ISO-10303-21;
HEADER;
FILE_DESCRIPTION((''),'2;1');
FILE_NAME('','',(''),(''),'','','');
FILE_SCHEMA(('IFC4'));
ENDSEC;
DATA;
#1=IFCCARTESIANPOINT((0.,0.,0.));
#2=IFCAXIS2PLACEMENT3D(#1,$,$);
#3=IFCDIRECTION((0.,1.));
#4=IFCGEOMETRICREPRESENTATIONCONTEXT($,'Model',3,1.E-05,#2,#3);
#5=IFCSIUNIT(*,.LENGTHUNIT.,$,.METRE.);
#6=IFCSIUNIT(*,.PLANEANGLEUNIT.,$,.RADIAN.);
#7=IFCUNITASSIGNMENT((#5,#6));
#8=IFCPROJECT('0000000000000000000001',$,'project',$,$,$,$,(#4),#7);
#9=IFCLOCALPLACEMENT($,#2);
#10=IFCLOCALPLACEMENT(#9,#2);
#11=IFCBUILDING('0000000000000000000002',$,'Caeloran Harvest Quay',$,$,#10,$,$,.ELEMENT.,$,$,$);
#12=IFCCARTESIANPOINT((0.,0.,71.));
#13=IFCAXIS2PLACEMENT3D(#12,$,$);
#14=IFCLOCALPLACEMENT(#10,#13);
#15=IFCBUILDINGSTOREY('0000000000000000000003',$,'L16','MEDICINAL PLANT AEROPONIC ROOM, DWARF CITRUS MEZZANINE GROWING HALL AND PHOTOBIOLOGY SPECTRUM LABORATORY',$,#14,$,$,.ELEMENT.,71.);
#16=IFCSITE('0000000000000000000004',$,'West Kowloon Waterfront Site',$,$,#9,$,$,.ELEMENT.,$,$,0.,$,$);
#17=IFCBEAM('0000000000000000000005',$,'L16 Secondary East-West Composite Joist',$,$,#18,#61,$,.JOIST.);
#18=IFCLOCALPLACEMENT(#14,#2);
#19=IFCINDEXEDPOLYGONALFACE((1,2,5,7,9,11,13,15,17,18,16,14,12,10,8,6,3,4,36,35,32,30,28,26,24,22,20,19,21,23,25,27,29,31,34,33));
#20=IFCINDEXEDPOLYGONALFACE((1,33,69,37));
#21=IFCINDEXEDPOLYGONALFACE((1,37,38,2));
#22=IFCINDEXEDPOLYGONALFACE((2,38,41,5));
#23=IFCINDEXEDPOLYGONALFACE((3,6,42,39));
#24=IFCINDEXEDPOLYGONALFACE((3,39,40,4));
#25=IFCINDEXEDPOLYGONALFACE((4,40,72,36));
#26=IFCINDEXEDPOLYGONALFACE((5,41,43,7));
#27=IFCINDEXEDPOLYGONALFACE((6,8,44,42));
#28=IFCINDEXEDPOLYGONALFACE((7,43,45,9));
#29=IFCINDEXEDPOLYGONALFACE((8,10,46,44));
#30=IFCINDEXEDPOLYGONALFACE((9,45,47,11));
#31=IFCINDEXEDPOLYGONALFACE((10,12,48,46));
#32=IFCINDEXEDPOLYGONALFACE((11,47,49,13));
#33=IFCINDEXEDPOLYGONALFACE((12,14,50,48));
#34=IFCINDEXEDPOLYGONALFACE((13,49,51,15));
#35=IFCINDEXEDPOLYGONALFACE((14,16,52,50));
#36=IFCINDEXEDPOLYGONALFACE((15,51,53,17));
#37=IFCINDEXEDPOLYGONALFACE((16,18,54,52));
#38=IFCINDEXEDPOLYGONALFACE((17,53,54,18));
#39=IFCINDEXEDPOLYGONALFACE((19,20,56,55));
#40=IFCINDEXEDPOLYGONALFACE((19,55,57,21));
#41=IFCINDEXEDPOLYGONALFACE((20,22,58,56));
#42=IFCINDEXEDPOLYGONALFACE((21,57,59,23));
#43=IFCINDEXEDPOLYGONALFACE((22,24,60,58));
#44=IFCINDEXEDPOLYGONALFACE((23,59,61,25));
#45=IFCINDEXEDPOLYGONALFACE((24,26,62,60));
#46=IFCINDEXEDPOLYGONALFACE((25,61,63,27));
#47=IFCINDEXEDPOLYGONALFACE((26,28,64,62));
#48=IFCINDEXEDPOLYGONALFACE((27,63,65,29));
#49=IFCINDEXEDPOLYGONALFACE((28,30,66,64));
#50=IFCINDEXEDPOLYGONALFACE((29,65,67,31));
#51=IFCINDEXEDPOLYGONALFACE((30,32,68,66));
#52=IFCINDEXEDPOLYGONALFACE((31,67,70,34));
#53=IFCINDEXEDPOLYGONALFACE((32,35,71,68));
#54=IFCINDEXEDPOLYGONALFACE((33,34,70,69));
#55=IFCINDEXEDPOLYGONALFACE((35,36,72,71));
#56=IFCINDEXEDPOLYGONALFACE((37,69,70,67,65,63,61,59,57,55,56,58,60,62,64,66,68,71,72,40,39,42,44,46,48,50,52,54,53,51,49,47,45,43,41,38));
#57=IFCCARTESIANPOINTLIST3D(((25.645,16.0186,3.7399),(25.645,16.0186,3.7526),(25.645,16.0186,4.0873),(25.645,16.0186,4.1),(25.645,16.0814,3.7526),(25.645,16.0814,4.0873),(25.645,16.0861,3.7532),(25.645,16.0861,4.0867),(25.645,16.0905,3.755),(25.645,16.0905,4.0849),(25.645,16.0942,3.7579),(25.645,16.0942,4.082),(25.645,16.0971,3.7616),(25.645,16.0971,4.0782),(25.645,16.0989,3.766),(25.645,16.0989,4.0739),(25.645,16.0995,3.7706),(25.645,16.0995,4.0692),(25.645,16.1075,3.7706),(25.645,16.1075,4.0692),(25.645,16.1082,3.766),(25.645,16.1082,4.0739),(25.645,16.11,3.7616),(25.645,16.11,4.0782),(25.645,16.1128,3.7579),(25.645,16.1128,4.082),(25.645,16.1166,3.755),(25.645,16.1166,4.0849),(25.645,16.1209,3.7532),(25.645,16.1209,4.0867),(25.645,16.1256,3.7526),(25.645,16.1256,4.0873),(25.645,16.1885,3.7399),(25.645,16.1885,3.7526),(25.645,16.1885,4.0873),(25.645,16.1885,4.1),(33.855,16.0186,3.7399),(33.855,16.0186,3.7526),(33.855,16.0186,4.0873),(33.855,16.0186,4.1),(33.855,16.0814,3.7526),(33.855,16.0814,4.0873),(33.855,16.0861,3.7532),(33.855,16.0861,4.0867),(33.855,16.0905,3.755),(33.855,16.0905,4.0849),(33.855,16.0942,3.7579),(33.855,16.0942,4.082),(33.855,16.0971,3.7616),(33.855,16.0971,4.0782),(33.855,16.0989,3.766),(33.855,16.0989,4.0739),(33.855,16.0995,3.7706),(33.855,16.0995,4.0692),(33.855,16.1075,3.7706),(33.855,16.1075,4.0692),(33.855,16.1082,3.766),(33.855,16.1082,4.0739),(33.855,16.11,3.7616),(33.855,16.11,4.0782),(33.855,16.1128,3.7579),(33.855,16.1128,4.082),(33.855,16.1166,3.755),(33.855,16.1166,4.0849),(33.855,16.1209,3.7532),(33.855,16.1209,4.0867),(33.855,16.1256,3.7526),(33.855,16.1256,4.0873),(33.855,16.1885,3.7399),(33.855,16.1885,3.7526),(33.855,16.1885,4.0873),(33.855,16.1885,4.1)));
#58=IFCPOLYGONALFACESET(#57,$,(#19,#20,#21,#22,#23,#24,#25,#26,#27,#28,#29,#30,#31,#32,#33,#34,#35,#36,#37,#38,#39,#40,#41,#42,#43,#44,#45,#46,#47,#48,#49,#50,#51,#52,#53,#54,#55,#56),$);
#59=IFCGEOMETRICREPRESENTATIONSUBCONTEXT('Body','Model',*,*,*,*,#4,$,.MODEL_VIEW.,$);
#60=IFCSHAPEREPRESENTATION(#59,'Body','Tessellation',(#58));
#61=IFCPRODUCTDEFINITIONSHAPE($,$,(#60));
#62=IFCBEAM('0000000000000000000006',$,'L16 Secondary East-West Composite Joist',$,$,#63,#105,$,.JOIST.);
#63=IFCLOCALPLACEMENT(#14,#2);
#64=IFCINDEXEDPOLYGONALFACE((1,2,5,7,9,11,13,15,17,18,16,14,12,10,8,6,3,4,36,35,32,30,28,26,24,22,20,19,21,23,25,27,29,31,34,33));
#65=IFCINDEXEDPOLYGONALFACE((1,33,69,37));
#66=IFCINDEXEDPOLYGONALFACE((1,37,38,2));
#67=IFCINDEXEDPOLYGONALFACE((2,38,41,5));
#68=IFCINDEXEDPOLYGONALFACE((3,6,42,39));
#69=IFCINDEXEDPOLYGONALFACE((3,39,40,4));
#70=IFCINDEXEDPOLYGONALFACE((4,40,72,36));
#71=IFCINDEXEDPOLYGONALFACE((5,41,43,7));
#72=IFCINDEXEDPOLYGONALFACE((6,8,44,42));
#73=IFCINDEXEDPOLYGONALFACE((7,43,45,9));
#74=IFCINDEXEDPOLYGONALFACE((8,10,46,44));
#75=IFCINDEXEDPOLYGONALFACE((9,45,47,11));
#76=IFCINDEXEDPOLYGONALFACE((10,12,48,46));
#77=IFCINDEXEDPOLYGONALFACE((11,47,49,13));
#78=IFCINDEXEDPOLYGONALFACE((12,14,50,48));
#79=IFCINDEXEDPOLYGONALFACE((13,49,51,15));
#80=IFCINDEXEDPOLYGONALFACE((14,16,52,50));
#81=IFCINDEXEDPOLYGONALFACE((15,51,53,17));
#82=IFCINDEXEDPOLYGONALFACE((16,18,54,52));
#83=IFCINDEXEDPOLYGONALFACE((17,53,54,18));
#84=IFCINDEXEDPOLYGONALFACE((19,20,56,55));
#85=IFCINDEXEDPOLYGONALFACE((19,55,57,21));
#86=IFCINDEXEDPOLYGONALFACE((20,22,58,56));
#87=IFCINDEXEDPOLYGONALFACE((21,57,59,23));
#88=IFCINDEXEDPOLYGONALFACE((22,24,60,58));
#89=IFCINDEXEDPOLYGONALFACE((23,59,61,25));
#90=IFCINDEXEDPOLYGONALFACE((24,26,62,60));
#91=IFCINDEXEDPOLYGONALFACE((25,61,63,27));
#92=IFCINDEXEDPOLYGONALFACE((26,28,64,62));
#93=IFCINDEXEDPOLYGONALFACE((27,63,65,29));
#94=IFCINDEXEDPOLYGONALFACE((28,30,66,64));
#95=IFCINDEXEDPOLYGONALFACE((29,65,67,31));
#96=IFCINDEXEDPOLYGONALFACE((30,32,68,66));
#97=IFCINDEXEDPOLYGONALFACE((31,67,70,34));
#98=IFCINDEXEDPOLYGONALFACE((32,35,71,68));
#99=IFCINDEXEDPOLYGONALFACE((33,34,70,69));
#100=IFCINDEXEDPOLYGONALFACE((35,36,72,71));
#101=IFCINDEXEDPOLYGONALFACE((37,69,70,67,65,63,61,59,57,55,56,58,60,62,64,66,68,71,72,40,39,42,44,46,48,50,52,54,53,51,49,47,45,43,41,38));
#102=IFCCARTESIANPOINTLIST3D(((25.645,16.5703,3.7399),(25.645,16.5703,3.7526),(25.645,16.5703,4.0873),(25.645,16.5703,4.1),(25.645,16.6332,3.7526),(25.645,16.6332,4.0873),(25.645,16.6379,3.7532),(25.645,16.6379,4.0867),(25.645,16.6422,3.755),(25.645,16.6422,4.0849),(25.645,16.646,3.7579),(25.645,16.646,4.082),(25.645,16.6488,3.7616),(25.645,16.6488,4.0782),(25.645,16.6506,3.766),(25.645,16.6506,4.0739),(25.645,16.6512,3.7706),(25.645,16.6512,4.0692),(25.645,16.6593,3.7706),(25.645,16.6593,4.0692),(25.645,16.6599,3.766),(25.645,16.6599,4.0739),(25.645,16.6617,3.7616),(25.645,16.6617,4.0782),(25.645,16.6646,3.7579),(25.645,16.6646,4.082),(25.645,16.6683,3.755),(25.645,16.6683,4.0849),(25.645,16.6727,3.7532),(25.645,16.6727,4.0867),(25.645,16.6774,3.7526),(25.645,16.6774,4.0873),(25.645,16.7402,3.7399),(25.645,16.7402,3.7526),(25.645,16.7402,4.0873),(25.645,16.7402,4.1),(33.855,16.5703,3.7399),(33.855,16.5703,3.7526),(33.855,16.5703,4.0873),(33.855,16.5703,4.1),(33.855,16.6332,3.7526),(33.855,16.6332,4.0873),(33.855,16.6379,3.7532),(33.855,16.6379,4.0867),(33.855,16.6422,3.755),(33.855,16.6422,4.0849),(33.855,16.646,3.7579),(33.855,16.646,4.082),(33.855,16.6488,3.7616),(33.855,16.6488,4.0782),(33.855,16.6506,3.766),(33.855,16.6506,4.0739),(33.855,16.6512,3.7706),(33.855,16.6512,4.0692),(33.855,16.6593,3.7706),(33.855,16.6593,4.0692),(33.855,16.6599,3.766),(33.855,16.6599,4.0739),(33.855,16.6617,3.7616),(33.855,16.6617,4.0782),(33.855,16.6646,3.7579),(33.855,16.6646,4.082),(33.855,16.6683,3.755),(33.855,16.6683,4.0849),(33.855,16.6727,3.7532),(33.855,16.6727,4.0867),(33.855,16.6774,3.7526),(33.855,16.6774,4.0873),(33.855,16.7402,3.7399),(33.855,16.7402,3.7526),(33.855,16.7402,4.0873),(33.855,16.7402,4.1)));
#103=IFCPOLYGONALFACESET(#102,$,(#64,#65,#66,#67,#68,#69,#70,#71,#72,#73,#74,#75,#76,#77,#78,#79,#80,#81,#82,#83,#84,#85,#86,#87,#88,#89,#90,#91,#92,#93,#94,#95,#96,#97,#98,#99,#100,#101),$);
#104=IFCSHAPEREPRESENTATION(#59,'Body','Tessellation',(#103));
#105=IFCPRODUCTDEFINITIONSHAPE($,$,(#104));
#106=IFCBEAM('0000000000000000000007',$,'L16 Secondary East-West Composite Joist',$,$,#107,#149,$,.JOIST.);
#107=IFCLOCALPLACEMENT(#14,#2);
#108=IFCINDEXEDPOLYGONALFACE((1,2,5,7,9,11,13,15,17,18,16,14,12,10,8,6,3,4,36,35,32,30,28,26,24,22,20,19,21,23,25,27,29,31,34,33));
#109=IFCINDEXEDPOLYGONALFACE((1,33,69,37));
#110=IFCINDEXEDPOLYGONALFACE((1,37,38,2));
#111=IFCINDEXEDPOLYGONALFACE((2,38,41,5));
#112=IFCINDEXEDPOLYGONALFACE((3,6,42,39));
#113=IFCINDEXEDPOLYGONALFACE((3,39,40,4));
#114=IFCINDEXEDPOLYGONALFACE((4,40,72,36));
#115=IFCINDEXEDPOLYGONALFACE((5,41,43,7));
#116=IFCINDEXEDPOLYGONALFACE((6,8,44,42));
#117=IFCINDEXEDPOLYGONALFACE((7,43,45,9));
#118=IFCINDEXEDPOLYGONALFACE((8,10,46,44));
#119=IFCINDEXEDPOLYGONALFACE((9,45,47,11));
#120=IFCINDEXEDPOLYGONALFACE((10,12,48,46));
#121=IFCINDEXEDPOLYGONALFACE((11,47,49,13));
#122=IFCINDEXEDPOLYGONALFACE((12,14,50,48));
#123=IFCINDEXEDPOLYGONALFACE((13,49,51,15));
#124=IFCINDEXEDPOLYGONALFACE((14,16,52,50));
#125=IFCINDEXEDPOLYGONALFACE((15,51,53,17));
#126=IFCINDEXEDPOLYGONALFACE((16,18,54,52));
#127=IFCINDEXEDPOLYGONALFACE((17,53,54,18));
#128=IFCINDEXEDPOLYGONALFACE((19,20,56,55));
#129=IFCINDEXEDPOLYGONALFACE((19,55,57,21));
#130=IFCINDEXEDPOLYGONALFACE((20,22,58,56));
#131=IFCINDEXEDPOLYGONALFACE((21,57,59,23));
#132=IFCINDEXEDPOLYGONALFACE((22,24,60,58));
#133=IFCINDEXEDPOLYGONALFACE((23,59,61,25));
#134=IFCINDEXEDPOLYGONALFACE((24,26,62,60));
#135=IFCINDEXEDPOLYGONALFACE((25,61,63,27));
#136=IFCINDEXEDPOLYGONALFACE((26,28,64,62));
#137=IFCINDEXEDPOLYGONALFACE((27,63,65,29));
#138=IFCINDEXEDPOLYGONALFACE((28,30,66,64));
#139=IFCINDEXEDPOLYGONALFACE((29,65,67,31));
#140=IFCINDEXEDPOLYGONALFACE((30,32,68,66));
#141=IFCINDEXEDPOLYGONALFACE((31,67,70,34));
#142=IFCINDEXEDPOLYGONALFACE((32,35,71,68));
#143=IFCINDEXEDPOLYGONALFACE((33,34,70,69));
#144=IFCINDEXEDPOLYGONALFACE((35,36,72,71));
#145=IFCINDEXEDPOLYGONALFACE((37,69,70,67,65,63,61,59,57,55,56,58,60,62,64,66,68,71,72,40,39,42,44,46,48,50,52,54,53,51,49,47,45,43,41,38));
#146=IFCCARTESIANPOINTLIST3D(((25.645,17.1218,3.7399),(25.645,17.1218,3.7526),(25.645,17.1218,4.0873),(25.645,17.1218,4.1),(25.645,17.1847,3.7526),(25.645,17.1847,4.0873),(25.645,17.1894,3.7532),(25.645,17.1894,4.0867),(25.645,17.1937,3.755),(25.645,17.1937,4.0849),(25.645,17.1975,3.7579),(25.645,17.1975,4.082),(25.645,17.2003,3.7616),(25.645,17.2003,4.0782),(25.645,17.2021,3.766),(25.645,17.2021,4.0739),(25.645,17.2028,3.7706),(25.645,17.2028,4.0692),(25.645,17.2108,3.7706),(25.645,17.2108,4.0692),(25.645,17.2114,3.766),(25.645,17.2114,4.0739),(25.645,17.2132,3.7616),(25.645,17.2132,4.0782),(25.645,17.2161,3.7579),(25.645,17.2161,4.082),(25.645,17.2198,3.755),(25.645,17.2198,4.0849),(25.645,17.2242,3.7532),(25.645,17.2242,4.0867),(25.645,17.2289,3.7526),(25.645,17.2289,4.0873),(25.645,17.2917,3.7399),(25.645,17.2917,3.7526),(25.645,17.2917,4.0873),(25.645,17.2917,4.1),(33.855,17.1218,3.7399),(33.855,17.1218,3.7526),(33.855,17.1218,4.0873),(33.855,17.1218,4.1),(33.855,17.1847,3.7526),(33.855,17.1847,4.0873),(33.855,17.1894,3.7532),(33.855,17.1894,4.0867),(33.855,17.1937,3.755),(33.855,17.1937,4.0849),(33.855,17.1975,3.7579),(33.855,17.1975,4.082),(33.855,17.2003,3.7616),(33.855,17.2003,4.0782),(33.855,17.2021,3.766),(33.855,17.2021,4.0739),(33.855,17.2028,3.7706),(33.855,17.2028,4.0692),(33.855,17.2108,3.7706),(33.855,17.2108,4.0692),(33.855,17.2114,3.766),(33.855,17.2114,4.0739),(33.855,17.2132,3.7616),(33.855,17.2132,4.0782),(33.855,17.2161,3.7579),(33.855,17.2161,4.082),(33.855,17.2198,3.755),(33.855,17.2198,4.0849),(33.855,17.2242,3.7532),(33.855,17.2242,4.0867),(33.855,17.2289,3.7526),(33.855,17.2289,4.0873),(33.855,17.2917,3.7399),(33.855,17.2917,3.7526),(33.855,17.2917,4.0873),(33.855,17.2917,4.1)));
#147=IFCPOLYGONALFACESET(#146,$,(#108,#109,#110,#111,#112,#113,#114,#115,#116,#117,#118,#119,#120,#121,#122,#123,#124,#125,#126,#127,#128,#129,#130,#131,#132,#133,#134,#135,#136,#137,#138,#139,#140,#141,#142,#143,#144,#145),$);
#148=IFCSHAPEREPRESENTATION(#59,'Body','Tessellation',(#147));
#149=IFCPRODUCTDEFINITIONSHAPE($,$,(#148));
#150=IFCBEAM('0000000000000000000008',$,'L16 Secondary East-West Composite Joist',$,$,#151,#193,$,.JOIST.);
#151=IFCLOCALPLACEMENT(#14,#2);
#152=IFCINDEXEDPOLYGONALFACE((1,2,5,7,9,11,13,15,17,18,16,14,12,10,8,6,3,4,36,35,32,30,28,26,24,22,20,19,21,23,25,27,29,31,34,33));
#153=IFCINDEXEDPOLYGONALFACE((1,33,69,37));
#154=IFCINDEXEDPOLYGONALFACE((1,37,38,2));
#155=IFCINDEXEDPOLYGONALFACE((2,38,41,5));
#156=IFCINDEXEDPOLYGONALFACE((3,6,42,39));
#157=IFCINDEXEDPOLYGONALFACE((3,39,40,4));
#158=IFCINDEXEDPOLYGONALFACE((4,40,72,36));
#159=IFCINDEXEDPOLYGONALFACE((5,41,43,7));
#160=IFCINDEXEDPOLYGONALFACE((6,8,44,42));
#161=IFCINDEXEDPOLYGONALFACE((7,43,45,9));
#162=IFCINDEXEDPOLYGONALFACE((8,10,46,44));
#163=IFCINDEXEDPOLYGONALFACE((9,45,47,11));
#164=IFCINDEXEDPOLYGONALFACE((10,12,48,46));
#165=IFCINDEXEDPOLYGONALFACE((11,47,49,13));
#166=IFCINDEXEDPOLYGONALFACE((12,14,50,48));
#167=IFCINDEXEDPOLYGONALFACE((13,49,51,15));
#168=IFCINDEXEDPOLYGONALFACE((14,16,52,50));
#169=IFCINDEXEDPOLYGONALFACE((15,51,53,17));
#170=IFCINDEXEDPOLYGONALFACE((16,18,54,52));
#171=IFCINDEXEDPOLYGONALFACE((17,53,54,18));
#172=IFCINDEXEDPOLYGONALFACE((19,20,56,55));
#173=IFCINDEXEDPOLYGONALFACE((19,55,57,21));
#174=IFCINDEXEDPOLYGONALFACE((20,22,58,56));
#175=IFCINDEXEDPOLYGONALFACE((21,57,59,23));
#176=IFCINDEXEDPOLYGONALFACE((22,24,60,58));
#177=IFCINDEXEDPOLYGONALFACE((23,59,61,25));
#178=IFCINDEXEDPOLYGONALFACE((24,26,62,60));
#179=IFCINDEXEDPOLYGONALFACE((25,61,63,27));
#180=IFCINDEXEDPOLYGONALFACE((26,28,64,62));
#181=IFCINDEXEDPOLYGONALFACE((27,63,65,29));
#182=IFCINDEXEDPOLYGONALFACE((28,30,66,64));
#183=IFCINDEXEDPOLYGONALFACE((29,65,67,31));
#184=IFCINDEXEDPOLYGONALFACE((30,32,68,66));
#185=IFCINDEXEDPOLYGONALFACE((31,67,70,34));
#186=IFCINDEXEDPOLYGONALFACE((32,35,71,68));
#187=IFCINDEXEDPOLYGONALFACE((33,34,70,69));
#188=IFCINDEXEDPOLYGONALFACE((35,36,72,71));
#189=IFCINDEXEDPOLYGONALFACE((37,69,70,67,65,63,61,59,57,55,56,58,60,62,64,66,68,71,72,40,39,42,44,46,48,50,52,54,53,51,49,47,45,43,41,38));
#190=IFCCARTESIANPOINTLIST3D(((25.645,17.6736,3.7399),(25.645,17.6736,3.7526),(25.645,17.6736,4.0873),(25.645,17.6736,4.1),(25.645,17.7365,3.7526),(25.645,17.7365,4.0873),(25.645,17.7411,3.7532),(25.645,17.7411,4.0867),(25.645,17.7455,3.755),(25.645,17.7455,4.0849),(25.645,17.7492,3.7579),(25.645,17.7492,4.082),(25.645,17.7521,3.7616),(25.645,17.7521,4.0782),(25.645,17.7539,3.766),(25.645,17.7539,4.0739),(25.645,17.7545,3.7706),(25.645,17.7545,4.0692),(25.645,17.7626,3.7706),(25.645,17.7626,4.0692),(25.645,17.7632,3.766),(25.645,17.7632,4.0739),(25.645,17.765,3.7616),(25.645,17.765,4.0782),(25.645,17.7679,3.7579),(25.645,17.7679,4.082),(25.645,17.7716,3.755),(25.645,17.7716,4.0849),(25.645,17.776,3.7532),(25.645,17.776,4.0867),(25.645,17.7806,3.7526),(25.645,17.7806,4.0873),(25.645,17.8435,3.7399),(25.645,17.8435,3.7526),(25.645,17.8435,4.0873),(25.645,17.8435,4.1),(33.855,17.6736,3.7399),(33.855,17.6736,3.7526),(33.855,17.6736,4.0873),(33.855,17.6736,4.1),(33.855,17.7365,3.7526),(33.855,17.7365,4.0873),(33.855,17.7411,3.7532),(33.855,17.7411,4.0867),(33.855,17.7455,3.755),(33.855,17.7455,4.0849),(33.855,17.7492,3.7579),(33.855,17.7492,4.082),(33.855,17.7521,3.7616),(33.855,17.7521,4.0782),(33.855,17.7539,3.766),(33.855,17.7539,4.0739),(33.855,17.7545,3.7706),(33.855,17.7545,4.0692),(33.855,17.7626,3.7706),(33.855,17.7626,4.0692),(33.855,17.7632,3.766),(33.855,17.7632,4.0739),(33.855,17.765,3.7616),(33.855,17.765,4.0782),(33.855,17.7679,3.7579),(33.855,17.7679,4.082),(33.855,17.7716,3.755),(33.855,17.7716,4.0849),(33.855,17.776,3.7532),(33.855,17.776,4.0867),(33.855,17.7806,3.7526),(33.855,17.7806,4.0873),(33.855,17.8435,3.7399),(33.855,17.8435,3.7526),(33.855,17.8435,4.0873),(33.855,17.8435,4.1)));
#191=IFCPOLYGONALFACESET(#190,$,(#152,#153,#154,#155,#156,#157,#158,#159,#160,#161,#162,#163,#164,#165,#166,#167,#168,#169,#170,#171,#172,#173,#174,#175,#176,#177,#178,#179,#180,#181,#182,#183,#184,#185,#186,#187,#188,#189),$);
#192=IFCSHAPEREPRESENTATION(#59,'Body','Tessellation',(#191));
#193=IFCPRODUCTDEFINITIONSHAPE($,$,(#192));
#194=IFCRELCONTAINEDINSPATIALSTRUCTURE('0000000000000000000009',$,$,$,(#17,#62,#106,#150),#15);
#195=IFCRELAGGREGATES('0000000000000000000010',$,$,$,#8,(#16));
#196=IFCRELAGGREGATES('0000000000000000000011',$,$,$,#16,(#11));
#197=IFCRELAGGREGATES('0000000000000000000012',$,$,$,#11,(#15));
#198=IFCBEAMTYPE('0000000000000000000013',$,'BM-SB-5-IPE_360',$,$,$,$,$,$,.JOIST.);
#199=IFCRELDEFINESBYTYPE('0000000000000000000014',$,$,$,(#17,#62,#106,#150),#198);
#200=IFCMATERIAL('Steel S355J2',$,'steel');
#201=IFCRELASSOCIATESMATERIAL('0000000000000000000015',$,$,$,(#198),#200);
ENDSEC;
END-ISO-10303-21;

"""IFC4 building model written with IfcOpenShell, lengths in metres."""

from ifc_helpers import new_model, si_unit, direction, frame, origin, origin_2d, place, context, subcontext, project, spatial, i_section, extrude, material, material_profile, profile_set, type_object, element, save


model = new_model("IFC4")

# Units and contexts
model_context = context("Model", 3, precision=1e-05, world=origin(), true_north=direction((0.0, 1.0)))
body_context = subcontext(model_context, "Body", "Model", "MODEL_VIEW")
ifc_project = project(units=[si_unit("LENGTHUNIT", "METRE"), si_unit("PLANEANGLEUNIT", "RADIAN")], contexts=[model_context])

# Site, building, storey
site_placement = place(None, origin())
site = spatial("IfcSite", under=ifc_project, at=site_placement, Name="West Kowloon Waterfront Site", CompositionType="ELEMENT", RefElevation=0.0)
building_placement = place(site_placement, origin())
building = spatial("IfcBuilding", under=site, at=building_placement, Name="Caeloran Harvest Quay", CompositionType="ELEMENT")
storey_placement = place(building_placement, frame((0.0, 0.0, 71.0)))
storey = spatial("IfcBuildingStorey", under=building, at=storey_placement, Name="L16", Description="MEDICINAL PLANT AEROPONIC ROOM, DWARF CITRUS MEZZANINE GROWING HALL AND PHOTOBIOLOGY SPECTRUM LABORATORY", CompositionType="ELEMENT", Elevation=71.0)

# Beams
ifc_material_1 = material(Name="Steel S355J2", Category="steel")
ifc_material_profile_1 = material_profile(ifc_material_1, i_section(OverallWidth=0.1699, OverallDepth=0.3601, WebThickness=0.0081, FlangeThickness=0.0127, FilletRadius=0.0181, at=origin_2d()), Name="IPE 360")
ifc_profile_set_1 = profile_set([ifc_material_profile_1], Name="Steel S355J2")
beam_type_1 = type_object("IfcBeamType", Name="BM-SB-5-IPE_360", PredefinedType="JOIST", material=ifc_profile_set_1)
for number, where, z_axis, x_axis, name in (
    (1, (25.645, 16.1035, 3.9199), (1.0, 0.0, 0.0), (0.0, 1.0, 0.0), "L16 Secondary East-West Composite Joist"),
    (2, (25.645, 16.6553, 3.9199), (1.0, 0.0, 0.0), (0.0, 1.0, 0.0), "L16 Secondary East-West Composite Joist"),
    (3, (25.645, 17.2068, 3.9199), (1.0, 0.0, 0.0), (0.0, 1.0, 0.0), "L16 Secondary East-West Composite Joist"),
    (4, (25.645, 17.7585, 3.9199), (1.0, 0.0, 0.0), (0.0, 1.0, 0.0), "L16 Secondary East-West Composite Joist"),
):
    element("IfcBeam", number, at=place(storey_placement, frame(where, z_axis=z_axis, x_axis=x_axis)), inside=storey, type_object=beam_type_1, Name=name, PredefinedType="JOIST", context=body_context, shape_type="SweptSolid", body=[
        extrude(i_section(OverallWidth=0.1699, OverallDepth=0.3601, WebThickness=0.0081, FlangeThickness=0.0127, FilletRadius=0.0181, at=origin_2d()), origin(), (0.0, 0.0, 1.0), 8.21),
    ])

save(model, "model.ifc")
